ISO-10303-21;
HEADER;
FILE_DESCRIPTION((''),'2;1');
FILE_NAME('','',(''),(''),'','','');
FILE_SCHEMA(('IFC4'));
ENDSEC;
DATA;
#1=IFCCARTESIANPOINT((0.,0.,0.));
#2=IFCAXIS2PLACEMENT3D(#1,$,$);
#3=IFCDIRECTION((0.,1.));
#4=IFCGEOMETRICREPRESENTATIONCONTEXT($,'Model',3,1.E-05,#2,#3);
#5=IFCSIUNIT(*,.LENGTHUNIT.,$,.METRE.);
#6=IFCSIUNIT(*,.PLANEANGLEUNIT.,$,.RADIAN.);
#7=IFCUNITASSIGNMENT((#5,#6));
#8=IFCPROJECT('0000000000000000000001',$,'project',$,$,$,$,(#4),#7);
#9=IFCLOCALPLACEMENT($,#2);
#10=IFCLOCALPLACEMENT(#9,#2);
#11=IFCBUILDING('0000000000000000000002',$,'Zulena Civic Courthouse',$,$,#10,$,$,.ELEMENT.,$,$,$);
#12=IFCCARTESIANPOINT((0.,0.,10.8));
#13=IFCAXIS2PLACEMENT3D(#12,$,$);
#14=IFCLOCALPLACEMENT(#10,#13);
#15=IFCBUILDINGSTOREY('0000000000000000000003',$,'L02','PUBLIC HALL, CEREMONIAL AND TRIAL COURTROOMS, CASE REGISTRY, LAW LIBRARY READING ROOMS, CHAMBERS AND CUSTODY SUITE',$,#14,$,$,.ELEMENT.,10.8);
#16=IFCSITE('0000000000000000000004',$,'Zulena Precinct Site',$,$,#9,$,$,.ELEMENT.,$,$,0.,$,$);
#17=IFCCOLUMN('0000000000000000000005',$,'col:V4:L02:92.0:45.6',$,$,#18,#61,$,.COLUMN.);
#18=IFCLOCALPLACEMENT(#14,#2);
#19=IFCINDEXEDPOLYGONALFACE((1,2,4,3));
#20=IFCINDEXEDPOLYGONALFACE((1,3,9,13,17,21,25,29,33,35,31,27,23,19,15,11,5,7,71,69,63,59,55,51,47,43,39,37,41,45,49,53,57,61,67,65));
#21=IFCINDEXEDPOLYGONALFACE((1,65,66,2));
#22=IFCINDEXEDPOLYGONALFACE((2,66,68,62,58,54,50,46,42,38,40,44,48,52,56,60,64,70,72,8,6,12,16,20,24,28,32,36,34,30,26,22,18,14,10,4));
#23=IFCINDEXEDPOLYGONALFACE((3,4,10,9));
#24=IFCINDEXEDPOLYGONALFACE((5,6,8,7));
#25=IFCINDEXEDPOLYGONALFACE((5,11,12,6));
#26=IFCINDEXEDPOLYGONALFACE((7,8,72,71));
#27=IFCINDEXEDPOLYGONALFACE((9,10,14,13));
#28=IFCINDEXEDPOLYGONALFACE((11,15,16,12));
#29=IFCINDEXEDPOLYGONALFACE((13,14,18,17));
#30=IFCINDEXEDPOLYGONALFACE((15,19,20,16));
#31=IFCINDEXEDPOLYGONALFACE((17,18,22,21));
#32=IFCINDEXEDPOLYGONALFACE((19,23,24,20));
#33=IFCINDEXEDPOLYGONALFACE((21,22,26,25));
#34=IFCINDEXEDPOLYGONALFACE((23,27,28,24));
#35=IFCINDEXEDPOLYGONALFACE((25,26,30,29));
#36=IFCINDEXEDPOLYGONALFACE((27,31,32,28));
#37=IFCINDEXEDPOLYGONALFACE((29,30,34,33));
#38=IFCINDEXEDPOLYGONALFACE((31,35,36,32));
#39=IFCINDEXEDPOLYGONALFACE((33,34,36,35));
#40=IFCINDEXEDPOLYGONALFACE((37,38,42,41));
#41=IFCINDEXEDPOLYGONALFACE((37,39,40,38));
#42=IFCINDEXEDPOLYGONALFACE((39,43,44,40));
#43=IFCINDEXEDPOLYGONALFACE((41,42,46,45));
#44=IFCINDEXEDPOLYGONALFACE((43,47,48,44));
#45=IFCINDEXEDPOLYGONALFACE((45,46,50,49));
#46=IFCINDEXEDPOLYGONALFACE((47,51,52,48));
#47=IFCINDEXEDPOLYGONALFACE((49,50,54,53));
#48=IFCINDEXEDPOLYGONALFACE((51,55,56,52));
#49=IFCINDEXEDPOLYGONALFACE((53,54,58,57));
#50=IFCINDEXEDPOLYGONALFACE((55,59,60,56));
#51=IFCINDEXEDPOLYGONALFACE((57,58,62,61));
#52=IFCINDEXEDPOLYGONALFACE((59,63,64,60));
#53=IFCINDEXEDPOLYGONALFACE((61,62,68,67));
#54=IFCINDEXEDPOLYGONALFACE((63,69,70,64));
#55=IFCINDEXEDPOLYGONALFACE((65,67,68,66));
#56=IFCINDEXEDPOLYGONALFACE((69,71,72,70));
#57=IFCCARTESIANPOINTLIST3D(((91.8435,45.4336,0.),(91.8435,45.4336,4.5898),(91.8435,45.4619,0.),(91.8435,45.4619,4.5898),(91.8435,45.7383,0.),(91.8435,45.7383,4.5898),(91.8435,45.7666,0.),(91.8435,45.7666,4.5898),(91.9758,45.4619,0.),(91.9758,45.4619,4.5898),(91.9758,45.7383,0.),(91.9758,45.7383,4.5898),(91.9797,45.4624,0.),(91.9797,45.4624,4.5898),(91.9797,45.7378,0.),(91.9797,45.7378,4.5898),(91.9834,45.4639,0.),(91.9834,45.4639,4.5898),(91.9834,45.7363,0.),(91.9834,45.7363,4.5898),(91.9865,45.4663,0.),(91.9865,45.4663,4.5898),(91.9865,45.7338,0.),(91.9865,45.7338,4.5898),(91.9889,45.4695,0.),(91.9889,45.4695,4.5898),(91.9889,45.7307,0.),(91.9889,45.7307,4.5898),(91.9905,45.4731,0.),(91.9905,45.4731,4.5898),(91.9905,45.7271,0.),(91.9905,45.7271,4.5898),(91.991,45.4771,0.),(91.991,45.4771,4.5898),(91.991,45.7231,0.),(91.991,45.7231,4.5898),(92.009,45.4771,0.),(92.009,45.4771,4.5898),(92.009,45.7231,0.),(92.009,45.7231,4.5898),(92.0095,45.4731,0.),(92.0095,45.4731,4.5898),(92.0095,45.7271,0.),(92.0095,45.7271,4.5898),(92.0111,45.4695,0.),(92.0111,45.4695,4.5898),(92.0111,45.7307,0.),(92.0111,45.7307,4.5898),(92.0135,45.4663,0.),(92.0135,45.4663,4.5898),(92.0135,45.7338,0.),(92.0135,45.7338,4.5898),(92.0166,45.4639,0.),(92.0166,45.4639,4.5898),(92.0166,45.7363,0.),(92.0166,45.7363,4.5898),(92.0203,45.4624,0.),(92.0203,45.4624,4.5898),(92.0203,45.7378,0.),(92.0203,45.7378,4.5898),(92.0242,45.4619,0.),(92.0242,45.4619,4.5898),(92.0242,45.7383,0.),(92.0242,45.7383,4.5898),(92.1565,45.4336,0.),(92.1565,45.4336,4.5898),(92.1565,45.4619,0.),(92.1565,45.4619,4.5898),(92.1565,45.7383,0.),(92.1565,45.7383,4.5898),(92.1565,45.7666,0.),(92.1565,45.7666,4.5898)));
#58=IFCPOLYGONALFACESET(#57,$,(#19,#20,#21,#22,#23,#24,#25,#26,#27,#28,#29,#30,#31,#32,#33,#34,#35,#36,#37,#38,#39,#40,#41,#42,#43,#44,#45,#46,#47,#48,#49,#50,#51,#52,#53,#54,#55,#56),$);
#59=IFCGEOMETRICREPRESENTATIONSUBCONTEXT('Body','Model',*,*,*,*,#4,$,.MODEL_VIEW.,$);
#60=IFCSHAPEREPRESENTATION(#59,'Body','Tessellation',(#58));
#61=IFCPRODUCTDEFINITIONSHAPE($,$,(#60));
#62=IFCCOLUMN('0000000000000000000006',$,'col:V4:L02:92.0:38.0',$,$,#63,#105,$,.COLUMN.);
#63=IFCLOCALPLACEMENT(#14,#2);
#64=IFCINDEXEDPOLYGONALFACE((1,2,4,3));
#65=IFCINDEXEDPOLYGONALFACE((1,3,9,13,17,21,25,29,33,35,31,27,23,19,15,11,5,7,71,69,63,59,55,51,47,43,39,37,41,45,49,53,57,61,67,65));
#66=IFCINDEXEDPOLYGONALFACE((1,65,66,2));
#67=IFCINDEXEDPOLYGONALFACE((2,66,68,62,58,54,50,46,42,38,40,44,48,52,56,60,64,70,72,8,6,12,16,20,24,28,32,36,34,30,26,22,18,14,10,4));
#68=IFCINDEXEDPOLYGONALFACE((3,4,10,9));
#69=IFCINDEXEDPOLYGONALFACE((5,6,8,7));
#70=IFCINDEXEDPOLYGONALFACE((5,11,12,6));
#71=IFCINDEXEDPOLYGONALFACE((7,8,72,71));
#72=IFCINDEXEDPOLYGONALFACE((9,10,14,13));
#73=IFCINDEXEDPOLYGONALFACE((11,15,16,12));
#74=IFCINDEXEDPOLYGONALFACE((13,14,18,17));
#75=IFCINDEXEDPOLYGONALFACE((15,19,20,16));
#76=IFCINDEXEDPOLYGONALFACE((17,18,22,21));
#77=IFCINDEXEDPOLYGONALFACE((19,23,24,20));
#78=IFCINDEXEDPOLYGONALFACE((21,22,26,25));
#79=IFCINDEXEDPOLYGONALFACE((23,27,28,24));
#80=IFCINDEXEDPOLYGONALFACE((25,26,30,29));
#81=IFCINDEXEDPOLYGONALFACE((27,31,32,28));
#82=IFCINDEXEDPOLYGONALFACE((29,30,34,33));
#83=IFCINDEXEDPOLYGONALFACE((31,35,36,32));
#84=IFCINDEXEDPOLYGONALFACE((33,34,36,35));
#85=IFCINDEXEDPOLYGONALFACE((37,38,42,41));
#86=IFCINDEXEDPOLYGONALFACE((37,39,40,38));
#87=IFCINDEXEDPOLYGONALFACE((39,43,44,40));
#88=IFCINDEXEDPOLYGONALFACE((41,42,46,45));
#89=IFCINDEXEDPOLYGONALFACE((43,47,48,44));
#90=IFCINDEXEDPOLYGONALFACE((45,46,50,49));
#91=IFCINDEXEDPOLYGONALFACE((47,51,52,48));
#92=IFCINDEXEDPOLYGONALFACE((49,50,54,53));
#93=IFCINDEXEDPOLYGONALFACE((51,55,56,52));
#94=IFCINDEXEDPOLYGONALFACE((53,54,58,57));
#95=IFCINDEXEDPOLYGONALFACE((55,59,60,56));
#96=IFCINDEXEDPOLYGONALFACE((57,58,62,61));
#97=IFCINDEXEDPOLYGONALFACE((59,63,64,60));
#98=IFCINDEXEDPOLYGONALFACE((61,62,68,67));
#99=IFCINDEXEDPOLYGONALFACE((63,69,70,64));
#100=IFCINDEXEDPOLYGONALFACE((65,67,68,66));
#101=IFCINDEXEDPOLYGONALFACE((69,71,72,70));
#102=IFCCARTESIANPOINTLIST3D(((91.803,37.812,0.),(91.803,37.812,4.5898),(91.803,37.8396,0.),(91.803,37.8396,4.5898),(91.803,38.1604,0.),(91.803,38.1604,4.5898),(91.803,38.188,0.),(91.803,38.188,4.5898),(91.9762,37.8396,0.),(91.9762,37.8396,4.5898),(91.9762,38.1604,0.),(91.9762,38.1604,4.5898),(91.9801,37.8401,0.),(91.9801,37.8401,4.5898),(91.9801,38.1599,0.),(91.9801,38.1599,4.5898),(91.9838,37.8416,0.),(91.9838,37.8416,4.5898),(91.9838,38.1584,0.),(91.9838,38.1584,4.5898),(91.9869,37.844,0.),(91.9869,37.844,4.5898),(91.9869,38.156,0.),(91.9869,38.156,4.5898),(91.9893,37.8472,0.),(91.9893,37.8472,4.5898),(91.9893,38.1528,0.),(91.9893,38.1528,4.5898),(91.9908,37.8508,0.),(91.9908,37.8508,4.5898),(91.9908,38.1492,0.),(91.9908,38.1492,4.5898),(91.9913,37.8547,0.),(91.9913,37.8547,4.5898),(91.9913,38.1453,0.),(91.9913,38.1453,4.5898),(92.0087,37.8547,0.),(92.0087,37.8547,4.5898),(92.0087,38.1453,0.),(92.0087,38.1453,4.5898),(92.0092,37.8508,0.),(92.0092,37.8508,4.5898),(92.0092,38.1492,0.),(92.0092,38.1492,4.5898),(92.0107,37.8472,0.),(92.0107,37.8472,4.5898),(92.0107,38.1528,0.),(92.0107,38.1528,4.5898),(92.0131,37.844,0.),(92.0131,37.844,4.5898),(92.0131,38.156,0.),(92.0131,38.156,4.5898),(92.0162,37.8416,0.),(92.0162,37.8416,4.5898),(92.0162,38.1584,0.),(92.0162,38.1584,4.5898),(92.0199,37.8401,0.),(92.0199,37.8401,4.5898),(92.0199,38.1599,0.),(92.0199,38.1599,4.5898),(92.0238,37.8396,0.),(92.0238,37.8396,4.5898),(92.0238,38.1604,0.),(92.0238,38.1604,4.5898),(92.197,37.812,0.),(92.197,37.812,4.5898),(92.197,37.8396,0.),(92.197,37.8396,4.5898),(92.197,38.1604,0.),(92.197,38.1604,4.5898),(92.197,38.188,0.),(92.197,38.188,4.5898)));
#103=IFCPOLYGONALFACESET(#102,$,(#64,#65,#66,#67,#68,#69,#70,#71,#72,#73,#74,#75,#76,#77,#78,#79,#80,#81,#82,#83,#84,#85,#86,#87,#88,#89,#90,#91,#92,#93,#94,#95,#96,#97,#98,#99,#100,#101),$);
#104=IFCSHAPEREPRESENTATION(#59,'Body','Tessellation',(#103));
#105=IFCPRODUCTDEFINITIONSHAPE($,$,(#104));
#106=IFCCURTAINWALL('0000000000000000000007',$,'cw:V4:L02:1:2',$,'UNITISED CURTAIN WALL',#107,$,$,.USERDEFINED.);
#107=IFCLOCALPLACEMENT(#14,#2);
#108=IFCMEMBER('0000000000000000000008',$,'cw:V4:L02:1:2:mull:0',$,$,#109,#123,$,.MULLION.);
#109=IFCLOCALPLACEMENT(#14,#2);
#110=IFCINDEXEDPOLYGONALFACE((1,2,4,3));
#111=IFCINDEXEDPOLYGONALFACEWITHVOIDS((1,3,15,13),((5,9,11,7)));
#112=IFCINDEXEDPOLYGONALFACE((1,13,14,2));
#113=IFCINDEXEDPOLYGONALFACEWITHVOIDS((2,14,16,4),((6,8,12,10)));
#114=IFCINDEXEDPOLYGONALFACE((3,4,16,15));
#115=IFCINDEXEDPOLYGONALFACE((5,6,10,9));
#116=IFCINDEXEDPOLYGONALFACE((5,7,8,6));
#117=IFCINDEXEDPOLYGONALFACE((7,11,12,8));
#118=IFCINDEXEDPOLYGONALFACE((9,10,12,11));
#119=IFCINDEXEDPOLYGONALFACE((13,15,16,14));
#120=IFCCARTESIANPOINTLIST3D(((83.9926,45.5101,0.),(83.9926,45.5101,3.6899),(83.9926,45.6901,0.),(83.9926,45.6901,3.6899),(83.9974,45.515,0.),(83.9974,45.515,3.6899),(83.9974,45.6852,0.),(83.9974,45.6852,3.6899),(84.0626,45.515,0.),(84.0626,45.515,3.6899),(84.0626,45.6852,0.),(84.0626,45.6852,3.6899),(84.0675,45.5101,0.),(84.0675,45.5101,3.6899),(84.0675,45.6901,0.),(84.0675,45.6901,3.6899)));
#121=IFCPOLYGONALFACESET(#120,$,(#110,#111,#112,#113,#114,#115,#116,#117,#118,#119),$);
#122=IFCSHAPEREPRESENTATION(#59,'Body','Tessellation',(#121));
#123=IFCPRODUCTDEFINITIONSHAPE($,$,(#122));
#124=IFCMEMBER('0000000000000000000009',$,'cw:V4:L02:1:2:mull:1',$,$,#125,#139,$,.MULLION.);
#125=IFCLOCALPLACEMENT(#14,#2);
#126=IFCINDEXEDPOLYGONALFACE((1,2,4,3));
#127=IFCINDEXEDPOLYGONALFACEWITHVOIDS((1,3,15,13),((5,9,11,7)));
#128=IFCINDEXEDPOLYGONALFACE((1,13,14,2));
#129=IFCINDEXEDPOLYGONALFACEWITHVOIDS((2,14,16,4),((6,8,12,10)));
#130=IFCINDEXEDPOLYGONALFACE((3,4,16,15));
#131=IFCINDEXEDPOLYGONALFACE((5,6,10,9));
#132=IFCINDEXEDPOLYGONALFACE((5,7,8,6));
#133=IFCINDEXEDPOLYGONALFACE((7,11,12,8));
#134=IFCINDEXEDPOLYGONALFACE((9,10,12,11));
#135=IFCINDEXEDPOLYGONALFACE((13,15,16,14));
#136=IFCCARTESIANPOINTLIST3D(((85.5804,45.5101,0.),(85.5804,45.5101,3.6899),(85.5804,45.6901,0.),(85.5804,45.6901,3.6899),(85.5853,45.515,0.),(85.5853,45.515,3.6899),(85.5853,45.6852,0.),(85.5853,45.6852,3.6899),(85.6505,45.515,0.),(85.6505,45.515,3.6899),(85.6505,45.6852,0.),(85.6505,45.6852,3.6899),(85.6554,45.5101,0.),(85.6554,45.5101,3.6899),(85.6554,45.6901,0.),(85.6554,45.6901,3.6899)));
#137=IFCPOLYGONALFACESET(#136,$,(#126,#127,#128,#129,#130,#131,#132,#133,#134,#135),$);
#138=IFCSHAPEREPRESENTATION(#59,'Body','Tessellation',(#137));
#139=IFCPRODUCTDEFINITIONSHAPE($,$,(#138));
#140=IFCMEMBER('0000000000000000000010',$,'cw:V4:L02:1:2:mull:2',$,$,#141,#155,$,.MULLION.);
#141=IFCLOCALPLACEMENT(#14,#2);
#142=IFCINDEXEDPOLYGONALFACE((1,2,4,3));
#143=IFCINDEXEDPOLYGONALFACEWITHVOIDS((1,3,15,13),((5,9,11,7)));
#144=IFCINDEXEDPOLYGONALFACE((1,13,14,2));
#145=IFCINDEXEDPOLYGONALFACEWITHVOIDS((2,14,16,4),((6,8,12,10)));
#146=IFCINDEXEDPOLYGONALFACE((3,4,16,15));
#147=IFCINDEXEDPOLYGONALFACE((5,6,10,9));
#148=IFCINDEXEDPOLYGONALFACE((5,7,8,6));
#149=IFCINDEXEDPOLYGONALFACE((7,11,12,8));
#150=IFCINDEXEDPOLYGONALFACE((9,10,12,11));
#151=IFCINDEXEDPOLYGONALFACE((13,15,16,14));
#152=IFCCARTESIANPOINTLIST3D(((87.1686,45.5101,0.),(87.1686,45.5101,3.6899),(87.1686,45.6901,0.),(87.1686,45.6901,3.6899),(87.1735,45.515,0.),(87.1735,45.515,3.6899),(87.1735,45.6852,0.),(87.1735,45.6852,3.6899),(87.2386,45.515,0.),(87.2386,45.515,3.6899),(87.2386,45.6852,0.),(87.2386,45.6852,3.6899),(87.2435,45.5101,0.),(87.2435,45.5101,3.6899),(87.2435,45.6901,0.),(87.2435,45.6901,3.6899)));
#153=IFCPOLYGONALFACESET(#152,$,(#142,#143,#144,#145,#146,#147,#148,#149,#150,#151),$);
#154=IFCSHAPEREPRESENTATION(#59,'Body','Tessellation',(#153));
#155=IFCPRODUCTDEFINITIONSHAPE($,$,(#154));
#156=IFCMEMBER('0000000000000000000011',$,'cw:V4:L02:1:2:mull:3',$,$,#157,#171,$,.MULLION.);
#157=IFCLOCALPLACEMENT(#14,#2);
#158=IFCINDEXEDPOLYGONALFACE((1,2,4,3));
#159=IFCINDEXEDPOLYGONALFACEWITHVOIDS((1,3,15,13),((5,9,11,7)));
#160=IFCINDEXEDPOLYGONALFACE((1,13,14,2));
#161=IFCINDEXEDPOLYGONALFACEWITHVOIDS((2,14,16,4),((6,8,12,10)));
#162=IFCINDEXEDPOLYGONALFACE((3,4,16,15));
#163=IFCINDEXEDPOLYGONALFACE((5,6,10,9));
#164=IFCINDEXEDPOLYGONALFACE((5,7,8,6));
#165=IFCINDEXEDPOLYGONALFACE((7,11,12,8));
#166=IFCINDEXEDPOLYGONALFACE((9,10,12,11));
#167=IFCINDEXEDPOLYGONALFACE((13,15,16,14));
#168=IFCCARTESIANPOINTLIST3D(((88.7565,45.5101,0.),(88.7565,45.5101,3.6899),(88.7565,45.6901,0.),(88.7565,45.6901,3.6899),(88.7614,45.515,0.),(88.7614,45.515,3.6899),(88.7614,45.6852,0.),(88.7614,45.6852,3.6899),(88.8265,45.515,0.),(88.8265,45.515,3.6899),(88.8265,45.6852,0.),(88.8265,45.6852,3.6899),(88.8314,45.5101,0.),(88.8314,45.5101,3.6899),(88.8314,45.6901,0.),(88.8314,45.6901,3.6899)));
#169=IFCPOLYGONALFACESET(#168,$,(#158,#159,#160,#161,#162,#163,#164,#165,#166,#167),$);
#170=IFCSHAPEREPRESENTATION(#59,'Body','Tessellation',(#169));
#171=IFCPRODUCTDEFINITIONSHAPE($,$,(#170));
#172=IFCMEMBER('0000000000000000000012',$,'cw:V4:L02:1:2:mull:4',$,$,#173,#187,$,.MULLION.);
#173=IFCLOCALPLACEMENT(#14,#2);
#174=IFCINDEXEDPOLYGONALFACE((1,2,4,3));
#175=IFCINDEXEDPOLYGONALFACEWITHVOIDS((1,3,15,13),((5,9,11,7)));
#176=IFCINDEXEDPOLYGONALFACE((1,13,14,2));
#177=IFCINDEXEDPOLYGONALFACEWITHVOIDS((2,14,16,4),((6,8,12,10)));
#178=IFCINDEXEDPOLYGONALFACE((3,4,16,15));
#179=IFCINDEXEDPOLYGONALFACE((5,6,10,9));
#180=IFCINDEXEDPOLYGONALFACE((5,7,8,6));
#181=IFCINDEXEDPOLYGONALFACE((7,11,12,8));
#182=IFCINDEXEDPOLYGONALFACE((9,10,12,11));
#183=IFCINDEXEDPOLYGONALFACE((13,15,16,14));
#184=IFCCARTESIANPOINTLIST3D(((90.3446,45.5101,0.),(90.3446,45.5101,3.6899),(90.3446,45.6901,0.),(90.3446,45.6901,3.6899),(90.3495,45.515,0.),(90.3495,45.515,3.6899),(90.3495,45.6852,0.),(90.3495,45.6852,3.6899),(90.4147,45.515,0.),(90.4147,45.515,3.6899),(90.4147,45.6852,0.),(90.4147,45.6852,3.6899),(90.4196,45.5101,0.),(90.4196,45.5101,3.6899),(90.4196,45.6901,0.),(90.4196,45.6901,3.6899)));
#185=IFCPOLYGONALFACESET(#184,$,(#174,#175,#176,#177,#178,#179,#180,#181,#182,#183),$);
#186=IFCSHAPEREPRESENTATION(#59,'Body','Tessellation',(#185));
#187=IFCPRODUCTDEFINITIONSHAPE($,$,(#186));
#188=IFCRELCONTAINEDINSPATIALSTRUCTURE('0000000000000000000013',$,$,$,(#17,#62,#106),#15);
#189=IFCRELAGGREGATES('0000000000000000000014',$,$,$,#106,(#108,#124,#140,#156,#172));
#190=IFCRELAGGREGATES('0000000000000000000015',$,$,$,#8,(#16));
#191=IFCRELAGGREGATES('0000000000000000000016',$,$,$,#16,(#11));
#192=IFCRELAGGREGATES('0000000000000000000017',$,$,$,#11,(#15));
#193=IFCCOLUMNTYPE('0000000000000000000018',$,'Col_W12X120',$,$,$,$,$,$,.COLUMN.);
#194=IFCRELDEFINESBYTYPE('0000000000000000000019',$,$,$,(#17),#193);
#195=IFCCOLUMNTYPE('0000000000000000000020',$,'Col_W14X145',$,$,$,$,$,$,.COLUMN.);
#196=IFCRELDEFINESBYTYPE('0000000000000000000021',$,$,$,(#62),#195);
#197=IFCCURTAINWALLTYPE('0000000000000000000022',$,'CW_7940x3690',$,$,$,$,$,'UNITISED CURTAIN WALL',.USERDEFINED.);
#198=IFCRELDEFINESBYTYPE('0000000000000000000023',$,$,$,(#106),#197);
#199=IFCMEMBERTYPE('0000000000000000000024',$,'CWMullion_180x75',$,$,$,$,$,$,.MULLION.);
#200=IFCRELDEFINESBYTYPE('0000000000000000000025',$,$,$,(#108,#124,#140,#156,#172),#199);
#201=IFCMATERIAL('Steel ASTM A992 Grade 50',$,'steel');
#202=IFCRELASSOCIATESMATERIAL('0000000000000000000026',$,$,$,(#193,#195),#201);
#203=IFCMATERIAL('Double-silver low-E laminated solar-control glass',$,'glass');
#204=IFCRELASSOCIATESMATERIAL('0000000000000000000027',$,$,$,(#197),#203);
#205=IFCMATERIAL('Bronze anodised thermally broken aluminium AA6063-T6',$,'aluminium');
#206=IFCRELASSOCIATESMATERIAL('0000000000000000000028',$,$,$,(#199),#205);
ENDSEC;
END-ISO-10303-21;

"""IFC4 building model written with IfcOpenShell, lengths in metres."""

from ifc_helpers import new_model, si_unit, direction, frame, origin, origin_2d, place, context, subcontext, project, spatial, hollow_rectangle, i_section, extrude, material, material_profile, profile_set, type_object, element, aggregate, save


model = new_model("IFC4")

# Units and contexts
model_context = context("Model", 3, precision=1e-05, world=origin(), true_north=direction((0.0, 1.0)))
body_context = subcontext(model_context, "Body", "Model", "MODEL_VIEW")
ifc_project = project(units=[si_unit("LENGTHUNIT", "METRE"), si_unit("PLANEANGLEUNIT", "RADIAN")], contexts=[model_context])

# Site, building, storey
site_placement = place(None, origin())
site = spatial("IfcSite", under=ifc_project, at=site_placement, Name="Zulena Precinct Site", CompositionType="ELEMENT", RefElevation=0.0)
building_placement = place(site_placement, origin())
building = spatial("IfcBuilding", under=site, at=building_placement, Name="Zulena Civic Courthouse", CompositionType="ELEMENT")
storey_placement = place(building_placement, frame((0.0, 0.0, 10.8)))
storey = spatial("IfcBuildingStorey", under=building, at=storey_placement, Name="L02", Description="PUBLIC HALL, CEREMONIAL AND TRIAL COURTROOMS, CASE REGISTRY, LAW LIBRARY READING ROOMS, CHAMBERS AND CUSTODY SUITE", CompositionType="ELEMENT", Elevation=10.8)

# Columns
ifc_material_1 = material(Name="Steel ASTM A992 Grade 50", Category="steel")
ifc_material_profile_1 = material_profile(ifc_material_1, i_section(OverallWidth=0.313, OverallDepth=0.333, WebThickness=0.0181, FlangeThickness=0.0283, FilletRadius=0.0151, at=origin_2d()), Name="W12X120")
ifc_profile_set_1 = profile_set([ifc_material_profile_1], Name="Steel ASTM A992 Grade 50")
column_type_1 = type_object("IfcColumnType", Name="Col_W12X120", PredefinedType="COLUMN", material=ifc_profile_set_1)
column_1_placement = place(storey_placement, frame((92.0, 45.6001, 0.0), z_axis=(0.0, 0.0, 1.0), x_axis=(1.0, 0.0, 0.0)))
element("IfcColumn", 1, at=column_1_placement, inside=storey, type_object=column_type_1, Name="col:V4:L02:92.0:45.6", PredefinedType="COLUMN", context=body_context, shape_type="SweptSolid", body=[
    extrude(i_section(OverallWidth=0.313, OverallDepth=0.333, WebThickness=0.0181, FlangeThickness=0.0283, FilletRadius=0.0151, at=origin_2d()), origin(), (0.0, 0.0, 1.0), 4.5898),
])
ifc_material_profile_2 = material_profile(ifc_material_1, i_section(OverallWidth=0.394, OverallDepth=0.376, WebThickness=0.0173, FlangeThickness=0.0276, FilletRadius=0.0151, at=origin_2d()), Name="W14X145")
ifc_profile_set_2 = profile_set([ifc_material_profile_2], Name="Steel ASTM A992 Grade 50")
column_type_2 = type_object("IfcColumnType", Name="Col_W14X145", PredefinedType="COLUMN", material=ifc_profile_set_2)
column_2_placement = place(storey_placement, frame((92.0, 38.0, 0.0), z_axis=(0.0, 0.0, 1.0), x_axis=(1.0, 0.0, 0.0)))
element("IfcColumn", 2, at=column_2_placement, inside=storey, type_object=column_type_2, Name="col:V4:L02:92.0:38.0", PredefinedType="COLUMN", context=body_context, shape_type="SweptSolid", body=[
    extrude(i_section(OverallWidth=0.394, OverallDepth=0.376, WebThickness=0.0173, FlangeThickness=0.0276, FilletRadius=0.0151, at=origin_2d()), origin(), (0.0, 0.0, 1.0), 4.5898),
])

# Curtain wall, members
ifc_material_2 = material(Name="Double-silver low-E laminated solar-control glass", Category="glass")
curtain_wall_type = type_object("IfcCurtainWallType", Name="CW_7940x3690", ElementType="UNITISED CURTAIN WALL", PredefinedType="USERDEFINED", material=ifc_material_2)
curtain_wall_1_placement = place(storey_placement, origin())
curtain_wall_1 = element("IfcCurtainWall", 3, at=curtain_wall_1_placement, inside=storey, type_object=curtain_wall_type, Name="cw:V4:L02:1:2", ObjectType="UNITISED CURTAIN WALL", PredefinedType="USERDEFINED")
ifc_material_3 = material(Name="Bronze anodised thermally broken aluminium AA6063-T6", Category="aluminium")
ifc_material_profile_3 = material_profile(ifc_material_3, hollow_rectangle(XDim=0.075, YDim=0.1799, WallThickness=0.0049, at=origin_2d()), Name="CWM180X75X5")
ifc_profile_set_3 = profile_set([ifc_material_profile_3], Name="Bronze anodised thermally broken aluminium AA6063-T6")
member_type_1 = type_object("IfcMemberType", Name="CWMullion_180x75", PredefinedType="MULLION", material=ifc_profile_set_3)
member_1_placement = place(storey_placement, frame((84.03, 45.6001, 0.0), z_axis=(0.0, 0.0, 1.0), x_axis=(1.0, 0.0, 0.0)))
member_1 = element("IfcMember", 4, at=member_1_placement, type_object=member_type_1, Name="cw:V4:L02:1:2:mull:0", PredefinedType="MULLION", context=body_context, shape_type="SweptSolid", body=[
    extrude(hollow_rectangle(XDim=0.075, YDim=0.1799, WallThickness=0.0049, at=origin_2d()), origin(), (0.0, 0.0, 1.0), 3.6899),
])
member_2_placement = place(storey_placement, frame((85.6179, 45.6001, 0.0), z_axis=(0.0, 0.0, 1.0), x_axis=(1.0, 0.0, 0.0)))
member_2 = element("IfcMember", 5, at=member_2_placement, type_object=member_type_1, Name="cw:V4:L02:1:2:mull:1", PredefinedType="MULLION", context=body_context, shape_type="SweptSolid", body=[
    extrude(hollow_rectangle(XDim=0.075, YDim=0.1799, WallThickness=0.0049, at=origin_2d()), origin(), (0.0, 0.0, 1.0), 3.6899),
])
member_3_placement = place(storey_placement, frame((87.2061, 45.6001, 0.0), z_axis=(0.0, 0.0, 1.0), x_axis=(1.0, 0.0, 0.0)))
member_3 = element("IfcMember", 6, at=member_3_placement, type_object=member_type_1, Name="cw:V4:L02:1:2:mull:2", PredefinedType="MULLION", context=body_context, shape_type="SweptSolid", body=[
    extrude(hollow_rectangle(XDim=0.075, YDim=0.1799, WallThickness=0.0049, at=origin_2d()), origin(), (0.0, 0.0, 1.0), 3.6899),
])
member_4_placement = place(storey_placement, frame((88.7939, 45.6001, 0.0), z_axis=(0.0, 0.0, 1.0), x_axis=(1.0, 0.0, 0.0)))
member_4 = element("IfcMember", 7, at=member_4_placement, type_object=member_type_1, Name="cw:V4:L02:1:2:mull:3", PredefinedType="MULLION", context=body_context, shape_type="SweptSolid", body=[
    extrude(hollow_rectangle(XDim=0.075, YDim=0.1799, WallThickness=0.0049, at=origin_2d()), origin(), (0.0, 0.0, 1.0), 3.6899),
])
member_5_placement = place(storey_placement, frame((90.3821, 45.6001, 0.0), z_axis=(0.0, 0.0, 1.0), x_axis=(1.0, 0.0, 0.0)))
member_5 = element("IfcMember", 8, at=member_5_placement, type_object=member_type_1, Name="cw:V4:L02:1:2:mull:4", PredefinedType="MULLION", context=body_context, shape_type="SweptSolid", body=[
    extrude(hollow_rectangle(XDim=0.075, YDim=0.1799, WallThickness=0.0049, at=origin_2d()), origin(), (0.0, 0.0, 1.0), 3.6899),
])

aggregate(curtain_wall_1, [member_1, member_2, member_3, member_4, member_5])

save(model, "model.ifc")
